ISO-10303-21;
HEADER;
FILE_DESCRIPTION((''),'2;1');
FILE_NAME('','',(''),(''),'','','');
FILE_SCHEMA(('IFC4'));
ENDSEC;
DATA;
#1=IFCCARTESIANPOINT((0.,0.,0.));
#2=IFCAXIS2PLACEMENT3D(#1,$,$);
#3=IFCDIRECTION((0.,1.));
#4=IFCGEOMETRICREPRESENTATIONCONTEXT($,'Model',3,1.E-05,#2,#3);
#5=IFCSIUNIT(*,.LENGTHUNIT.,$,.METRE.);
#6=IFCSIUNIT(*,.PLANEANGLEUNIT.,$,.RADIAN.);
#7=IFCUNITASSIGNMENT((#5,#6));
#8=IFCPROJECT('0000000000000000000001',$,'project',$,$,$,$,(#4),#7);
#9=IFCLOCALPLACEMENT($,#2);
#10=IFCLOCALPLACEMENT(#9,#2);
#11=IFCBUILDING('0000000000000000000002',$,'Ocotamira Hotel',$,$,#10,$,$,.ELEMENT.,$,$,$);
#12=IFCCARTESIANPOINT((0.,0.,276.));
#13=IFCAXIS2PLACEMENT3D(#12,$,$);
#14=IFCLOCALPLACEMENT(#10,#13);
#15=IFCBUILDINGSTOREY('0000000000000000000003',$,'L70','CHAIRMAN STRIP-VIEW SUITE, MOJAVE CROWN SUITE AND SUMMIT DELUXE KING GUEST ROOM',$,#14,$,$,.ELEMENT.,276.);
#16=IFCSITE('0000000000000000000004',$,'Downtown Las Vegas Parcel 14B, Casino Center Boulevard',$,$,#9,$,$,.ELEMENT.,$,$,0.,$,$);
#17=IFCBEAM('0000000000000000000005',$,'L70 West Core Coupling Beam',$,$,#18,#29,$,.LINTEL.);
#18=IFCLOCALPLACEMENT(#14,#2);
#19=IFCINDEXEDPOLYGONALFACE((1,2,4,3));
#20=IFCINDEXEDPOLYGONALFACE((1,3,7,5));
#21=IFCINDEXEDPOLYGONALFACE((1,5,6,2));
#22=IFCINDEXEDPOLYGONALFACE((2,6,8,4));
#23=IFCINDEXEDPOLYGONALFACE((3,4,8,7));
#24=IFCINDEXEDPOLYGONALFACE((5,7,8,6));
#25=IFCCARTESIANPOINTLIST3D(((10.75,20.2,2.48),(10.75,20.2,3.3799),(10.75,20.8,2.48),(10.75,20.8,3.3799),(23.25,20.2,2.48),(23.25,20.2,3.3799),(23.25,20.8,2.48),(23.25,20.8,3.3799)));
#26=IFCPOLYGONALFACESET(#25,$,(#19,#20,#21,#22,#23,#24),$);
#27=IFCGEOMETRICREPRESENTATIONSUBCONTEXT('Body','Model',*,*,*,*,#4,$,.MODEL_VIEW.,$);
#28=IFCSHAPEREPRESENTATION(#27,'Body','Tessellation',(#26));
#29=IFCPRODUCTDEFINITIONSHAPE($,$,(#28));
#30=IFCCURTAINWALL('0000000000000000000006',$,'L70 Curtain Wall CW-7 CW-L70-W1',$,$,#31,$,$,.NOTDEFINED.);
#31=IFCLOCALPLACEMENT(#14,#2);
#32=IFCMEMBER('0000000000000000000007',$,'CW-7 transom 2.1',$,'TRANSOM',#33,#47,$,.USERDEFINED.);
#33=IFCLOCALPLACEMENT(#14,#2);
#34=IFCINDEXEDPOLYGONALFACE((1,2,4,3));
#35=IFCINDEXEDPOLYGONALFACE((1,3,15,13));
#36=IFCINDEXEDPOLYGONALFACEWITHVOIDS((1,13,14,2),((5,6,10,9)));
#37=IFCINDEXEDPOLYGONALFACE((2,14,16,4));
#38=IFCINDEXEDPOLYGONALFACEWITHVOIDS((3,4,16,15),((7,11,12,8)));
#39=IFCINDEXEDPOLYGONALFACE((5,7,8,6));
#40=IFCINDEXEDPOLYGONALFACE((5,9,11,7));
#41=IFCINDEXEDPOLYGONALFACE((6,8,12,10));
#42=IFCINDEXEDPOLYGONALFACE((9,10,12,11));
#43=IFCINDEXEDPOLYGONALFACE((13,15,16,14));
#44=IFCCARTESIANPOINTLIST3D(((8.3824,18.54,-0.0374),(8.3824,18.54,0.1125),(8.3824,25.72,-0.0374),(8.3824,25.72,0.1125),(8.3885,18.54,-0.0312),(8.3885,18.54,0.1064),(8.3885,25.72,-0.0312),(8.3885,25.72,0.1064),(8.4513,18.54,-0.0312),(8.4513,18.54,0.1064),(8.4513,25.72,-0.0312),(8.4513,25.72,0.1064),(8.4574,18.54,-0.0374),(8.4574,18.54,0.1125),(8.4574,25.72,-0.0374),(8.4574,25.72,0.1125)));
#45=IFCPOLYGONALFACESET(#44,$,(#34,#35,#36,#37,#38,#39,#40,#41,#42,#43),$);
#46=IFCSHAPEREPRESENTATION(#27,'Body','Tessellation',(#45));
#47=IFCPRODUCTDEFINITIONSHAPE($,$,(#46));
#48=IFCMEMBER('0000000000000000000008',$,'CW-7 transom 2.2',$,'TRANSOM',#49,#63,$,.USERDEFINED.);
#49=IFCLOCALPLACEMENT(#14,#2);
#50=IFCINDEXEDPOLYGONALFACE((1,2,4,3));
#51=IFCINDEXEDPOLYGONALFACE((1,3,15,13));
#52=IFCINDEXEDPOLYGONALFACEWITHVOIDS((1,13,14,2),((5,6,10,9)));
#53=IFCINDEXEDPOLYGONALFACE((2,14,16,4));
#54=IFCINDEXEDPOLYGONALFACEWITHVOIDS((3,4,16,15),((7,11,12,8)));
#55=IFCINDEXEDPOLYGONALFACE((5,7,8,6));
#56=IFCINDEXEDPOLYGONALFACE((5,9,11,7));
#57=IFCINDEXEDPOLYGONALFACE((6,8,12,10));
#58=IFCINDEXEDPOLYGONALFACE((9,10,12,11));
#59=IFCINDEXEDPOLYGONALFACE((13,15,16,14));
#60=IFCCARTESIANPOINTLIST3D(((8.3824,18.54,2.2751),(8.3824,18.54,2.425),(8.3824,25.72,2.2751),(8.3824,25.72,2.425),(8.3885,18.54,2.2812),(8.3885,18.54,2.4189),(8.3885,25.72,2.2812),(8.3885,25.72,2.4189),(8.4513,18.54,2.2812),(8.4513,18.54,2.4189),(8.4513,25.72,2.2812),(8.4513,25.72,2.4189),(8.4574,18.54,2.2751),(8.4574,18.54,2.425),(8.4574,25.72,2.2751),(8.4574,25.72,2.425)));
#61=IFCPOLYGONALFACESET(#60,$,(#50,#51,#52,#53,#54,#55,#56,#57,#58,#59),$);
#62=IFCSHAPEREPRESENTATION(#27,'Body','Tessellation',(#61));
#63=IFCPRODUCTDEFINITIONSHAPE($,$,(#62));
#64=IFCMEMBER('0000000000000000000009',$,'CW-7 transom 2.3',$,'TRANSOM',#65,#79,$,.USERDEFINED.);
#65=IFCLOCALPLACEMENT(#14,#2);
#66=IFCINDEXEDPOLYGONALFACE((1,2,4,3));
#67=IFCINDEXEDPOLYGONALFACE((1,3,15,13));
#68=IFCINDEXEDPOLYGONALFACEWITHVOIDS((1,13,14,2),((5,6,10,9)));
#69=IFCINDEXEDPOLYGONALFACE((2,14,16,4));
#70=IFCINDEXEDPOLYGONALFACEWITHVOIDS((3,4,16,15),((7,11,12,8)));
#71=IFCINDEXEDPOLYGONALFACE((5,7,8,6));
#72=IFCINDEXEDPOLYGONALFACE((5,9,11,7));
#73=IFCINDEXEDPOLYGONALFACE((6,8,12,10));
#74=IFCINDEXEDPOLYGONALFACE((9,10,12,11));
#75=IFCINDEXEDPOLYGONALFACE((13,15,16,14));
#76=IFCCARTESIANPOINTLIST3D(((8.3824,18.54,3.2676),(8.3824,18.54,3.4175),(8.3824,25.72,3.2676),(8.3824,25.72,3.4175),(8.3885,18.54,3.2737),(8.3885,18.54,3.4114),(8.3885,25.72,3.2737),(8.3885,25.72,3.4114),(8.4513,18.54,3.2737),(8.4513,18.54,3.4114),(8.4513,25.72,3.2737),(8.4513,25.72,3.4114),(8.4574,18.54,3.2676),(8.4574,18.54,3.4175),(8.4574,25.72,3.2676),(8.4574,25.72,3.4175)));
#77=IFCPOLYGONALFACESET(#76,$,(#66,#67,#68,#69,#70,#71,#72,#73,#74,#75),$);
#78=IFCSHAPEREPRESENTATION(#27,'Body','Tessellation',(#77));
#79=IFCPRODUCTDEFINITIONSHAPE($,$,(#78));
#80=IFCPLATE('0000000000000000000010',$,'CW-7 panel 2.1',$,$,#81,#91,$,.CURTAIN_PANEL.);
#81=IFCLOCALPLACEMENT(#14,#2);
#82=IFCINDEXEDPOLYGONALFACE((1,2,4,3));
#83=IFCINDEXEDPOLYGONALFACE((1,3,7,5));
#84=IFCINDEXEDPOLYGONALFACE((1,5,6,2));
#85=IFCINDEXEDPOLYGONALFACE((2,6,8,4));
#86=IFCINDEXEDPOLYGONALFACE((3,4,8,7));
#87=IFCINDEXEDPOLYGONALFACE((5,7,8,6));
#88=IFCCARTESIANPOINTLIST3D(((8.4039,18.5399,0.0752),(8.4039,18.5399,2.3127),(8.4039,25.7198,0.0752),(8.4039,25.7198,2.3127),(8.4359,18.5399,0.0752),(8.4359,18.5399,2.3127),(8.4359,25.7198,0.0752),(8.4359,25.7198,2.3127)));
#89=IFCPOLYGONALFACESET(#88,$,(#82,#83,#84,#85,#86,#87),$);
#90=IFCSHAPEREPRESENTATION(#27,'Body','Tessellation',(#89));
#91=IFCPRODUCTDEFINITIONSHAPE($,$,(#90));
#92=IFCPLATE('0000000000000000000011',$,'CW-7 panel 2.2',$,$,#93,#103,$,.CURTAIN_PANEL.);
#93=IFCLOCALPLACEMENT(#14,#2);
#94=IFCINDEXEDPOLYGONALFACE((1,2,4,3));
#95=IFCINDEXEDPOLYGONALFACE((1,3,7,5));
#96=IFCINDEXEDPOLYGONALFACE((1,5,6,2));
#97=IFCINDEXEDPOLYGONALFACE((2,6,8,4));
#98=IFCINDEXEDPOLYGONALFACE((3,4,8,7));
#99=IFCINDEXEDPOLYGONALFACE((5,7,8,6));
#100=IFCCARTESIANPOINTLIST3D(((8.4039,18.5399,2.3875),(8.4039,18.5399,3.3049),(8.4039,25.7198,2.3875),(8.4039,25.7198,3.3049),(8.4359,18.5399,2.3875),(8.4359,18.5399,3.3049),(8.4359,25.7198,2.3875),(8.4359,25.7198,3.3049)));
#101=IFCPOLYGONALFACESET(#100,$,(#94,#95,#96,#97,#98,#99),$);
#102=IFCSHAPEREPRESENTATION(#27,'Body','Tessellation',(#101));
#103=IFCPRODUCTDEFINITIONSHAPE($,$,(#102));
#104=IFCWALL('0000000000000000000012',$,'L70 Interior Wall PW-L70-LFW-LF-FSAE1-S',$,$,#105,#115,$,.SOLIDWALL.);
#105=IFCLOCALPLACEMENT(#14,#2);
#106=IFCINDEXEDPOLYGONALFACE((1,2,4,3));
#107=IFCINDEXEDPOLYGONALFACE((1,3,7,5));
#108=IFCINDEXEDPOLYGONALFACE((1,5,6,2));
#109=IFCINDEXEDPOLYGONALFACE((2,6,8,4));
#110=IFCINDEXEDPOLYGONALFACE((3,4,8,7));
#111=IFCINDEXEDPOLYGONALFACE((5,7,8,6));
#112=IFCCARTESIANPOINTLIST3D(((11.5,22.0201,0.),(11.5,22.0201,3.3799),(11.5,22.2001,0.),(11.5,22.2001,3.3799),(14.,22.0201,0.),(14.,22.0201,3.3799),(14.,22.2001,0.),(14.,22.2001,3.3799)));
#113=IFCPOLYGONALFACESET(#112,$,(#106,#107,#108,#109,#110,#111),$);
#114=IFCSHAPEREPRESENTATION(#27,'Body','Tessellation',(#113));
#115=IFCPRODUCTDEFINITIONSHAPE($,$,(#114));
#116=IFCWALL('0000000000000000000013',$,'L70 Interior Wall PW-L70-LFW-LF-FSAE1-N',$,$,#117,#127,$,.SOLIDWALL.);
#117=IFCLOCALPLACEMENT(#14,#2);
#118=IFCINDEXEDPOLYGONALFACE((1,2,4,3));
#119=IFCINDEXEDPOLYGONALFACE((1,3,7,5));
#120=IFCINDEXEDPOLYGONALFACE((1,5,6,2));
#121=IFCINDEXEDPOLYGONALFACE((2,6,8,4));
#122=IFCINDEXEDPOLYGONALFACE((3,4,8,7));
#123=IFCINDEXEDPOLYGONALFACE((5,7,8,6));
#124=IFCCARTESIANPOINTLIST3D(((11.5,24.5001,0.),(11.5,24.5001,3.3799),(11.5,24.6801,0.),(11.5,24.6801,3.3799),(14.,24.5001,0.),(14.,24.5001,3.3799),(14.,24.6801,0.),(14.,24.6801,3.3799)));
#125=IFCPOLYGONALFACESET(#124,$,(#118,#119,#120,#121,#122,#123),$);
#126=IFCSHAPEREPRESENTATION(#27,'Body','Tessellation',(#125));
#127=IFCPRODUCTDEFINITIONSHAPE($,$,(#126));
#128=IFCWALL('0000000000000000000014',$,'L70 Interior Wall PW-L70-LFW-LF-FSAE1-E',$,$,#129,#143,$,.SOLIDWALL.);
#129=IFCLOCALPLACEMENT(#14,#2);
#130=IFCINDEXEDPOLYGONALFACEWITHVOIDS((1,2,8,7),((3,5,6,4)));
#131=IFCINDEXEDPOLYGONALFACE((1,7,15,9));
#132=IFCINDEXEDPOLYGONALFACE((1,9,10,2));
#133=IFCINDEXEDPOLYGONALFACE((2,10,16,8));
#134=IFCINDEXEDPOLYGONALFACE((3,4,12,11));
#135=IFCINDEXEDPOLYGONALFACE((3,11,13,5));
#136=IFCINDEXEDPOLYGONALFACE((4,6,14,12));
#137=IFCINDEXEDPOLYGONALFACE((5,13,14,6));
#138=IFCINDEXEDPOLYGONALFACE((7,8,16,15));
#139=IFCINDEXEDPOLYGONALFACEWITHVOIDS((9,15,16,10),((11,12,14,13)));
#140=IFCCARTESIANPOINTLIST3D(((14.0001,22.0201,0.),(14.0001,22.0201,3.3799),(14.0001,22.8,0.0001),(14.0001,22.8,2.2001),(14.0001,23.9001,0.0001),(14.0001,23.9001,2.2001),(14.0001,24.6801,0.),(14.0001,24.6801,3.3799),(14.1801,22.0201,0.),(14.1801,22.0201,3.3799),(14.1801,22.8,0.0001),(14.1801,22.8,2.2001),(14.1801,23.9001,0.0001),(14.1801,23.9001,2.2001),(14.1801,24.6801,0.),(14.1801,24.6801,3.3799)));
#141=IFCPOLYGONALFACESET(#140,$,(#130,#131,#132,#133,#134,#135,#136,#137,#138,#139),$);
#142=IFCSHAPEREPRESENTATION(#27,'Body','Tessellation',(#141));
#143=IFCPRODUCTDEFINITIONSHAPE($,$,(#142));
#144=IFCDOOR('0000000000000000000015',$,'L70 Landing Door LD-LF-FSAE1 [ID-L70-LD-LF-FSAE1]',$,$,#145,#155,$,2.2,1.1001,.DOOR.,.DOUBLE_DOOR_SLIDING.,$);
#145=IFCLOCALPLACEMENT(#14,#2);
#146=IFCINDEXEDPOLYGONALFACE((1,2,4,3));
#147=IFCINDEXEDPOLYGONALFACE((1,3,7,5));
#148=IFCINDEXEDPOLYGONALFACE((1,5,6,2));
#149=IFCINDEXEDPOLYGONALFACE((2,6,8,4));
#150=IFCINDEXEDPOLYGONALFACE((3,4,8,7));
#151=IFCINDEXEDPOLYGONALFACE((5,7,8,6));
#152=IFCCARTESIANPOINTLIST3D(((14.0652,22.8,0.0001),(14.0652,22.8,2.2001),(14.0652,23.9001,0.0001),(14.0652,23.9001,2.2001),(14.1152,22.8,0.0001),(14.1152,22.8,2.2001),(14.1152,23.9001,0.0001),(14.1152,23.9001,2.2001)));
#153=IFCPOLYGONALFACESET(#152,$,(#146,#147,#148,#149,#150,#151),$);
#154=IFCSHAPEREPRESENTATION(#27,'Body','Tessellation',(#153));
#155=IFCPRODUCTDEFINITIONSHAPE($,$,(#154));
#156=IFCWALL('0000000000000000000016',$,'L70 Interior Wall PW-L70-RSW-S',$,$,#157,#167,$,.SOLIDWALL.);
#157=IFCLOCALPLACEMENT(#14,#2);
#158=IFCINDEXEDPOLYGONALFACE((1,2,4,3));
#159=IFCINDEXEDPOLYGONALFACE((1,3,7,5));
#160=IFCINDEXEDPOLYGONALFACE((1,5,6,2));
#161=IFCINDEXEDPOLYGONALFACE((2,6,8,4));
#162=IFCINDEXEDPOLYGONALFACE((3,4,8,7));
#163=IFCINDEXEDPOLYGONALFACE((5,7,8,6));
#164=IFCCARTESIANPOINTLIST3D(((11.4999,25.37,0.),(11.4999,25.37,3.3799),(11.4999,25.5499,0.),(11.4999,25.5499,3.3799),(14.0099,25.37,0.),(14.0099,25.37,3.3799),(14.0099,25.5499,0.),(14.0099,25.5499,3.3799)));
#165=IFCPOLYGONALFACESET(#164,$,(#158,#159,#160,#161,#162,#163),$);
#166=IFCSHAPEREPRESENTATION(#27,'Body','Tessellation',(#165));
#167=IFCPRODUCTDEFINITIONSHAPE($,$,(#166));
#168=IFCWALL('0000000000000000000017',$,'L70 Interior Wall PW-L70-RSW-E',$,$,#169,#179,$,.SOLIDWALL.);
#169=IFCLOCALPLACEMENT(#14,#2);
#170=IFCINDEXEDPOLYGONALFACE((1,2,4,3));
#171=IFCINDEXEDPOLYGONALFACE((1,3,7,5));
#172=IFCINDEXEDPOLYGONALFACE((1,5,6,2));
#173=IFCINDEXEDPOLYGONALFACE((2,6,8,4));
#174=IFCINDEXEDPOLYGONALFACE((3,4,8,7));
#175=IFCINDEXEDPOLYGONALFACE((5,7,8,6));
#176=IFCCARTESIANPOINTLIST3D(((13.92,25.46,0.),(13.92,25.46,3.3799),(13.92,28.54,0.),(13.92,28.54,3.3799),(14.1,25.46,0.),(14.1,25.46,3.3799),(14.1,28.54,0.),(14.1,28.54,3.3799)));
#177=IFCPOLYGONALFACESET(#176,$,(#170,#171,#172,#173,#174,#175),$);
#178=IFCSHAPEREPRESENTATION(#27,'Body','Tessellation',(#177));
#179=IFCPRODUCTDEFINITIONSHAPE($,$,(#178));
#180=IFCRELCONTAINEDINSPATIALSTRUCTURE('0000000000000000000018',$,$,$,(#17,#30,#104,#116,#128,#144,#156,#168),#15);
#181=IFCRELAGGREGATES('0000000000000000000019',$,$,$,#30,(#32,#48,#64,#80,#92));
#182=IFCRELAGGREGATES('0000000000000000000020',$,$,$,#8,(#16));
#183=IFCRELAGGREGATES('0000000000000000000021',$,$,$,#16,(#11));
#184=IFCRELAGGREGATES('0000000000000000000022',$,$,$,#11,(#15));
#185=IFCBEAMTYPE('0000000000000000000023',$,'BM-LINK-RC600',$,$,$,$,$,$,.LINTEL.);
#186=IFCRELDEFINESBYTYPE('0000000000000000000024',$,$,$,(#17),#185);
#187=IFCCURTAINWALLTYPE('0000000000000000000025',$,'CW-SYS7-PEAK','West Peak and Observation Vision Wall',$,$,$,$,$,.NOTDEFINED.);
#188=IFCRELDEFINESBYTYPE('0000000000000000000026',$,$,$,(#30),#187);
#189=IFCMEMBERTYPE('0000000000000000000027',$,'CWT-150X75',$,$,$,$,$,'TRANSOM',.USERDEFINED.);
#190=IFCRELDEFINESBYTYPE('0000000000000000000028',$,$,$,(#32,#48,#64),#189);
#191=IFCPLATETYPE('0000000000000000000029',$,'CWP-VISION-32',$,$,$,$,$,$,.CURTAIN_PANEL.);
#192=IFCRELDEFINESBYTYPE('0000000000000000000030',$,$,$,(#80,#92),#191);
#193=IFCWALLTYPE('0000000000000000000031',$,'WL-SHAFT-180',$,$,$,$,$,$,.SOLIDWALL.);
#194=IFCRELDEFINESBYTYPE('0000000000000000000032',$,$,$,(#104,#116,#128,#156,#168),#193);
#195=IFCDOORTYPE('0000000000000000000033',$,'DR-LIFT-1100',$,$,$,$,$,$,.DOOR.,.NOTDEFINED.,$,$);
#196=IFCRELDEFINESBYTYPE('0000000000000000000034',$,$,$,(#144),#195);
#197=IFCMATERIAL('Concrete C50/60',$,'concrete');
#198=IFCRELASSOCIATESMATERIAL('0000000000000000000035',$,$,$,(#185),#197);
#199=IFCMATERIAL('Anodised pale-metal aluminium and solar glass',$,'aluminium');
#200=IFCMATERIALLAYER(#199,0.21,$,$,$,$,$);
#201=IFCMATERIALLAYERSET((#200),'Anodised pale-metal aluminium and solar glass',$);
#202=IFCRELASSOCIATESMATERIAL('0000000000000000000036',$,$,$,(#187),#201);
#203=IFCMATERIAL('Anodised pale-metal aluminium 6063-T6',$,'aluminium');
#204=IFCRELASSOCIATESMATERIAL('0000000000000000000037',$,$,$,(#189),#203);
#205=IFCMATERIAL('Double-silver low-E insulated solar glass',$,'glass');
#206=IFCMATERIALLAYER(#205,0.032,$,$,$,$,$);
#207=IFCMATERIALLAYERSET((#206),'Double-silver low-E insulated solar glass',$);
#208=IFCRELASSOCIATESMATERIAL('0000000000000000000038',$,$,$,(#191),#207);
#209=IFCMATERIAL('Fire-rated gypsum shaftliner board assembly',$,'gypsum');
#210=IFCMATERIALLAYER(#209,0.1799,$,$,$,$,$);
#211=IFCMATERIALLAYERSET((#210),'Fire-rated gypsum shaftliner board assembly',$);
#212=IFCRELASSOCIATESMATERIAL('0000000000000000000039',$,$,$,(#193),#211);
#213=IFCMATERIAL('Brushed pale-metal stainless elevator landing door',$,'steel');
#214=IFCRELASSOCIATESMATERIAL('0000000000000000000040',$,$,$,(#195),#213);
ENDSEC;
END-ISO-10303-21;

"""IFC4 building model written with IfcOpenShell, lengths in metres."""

from ifc_helpers import new_model, si_unit, direction, frame, frame_2d, origin, origin_2d, place, context, subcontext, project, spatial, rectangle, hollow_rectangle, extrude, source, transform, mapped, material, layer, layer_set, material_profile, profile_set, type_object, element, fill, aggregate, save


model = new_model("IFC4")

# Units and contexts
model_context = context("Model", 3, precision=1e-05, world=origin(), true_north=direction((0.0, 1.0)))
body_context = subcontext(model_context, "Body", "Model", "MODEL_VIEW")
ifc_project = project(units=[si_unit("LENGTHUNIT", "METRE"), si_unit("PLANEANGLEUNIT", "RADIAN")], contexts=[model_context])

# Site, building, storey
site_placement = place(None, origin())
site = spatial("IfcSite", under=ifc_project, at=site_placement, Name="Downtown Las Vegas Parcel 14B, Casino Center Boulevard", CompositionType="ELEMENT", RefElevation=0.0)
building_placement = place(site_placement, origin())
building = spatial("IfcBuilding", under=site, at=building_placement, Name="Ocotamira Hotel", CompositionType="ELEMENT")
storey_placement = place(building_placement, frame((0.0, 0.0, 276.0)))
storey = spatial("IfcBuildingStorey", under=building, at=storey_placement, Name="L70", Description="CHAIRMAN STRIP-VIEW SUITE, MOJAVE CROWN SUITE AND SUMMIT DELUXE KING GUEST ROOM", CompositionType="ELEMENT", Elevation=276.0)

# Beam
ifc_material_1 = material(Name="Concrete C50/60", Category="concrete")
ifc_material_profile_1 = material_profile(ifc_material_1, rectangle(XDim=0.6001, YDim=0.8999, at=origin_2d()), Name="RC600X900")
ifc_profile_set_1 = profile_set([ifc_material_profile_1], Name="Concrete C50/60")
beam_type = type_object("IfcBeamType", Name="BM-LINK-RC600", PredefinedType="LINTEL", material=ifc_profile_set_1)
shared_shape_1 = source(origin(), body_context, "Body", "SweptSolid", [
    extrude(rectangle(XDim=0.6001, YDim=0.8999, at=origin_2d()), origin(), (0.0, 0.0, 1.0), 12.5),
])
beam_placement = place(storey_placement, frame((10.75, 20.5, 2.9299), z_axis=(1.0, 0.0, 0.0), x_axis=(0.0, 1.0, 0.0)))
element("IfcBeam", 1, at=beam_placement, inside=storey, type_object=beam_type, Name="L70 West Core Coupling Beam", PredefinedType="LINTEL", context=body_context, shape_type="MappedRepresentation", body=[
    mapped(shared_shape_1, transform((0.0, 0.0, 0.0), scale=1.0)),
])

# Curtain wall, members, plates
ifc_material_2 = material(Name="Anodised pale-metal aluminium and solar glass", Category="aluminium")
ifc_layer_1 = layer(ifc_material_2, 0.21)
ifc_layer_set_1 = layer_set([ifc_layer_1], Name="Anodised pale-metal aluminium and solar glass")
curtain_wall_type = type_object("IfcCurtainWallType", Name="CW-SYS7-PEAK", Description="West Peak and Observation Vision Wall", PredefinedType="NOTDEFINED", material=ifc_layer_set_1)
curtain_wall_placement = place(storey_placement, origin())
curtain_wall = element("IfcCurtainWall", 2, at=curtain_wall_placement, inside=storey, type_object=curtain_wall_type, Name="L70 Curtain Wall CW-7 CW-L70-W1", PredefinedType="NOTDEFINED")
ifc_material_3 = material(Name="Anodised pale-metal aluminium 6063-T6", Category="aluminium")
ifc_material_profile_2 = material_profile(ifc_material_3, hollow_rectangle(XDim=0.075, YDim=0.1499, WallThickness=0.0061, at=origin_2d()), Name="HSS150X75X6")
ifc_profile_set_2 = profile_set([ifc_material_profile_2], Name="Anodised pale-metal aluminium 6063-T6")
member_type = type_object("IfcMemberType", Name="CWT-150X75", ElementType="TRANSOM", PredefinedType="USERDEFINED", material=ifc_profile_set_2)
shared_shape_2 = source(origin(), body_context, "Body", "SweptSolid", [
    extrude(hollow_rectangle(XDim=0.075, YDim=0.1499, WallThickness=0.0061, at=origin_2d()), origin(), (0.0, 0.0, 1.0), 7.1799),
])
member_1_placement = place(storey_placement, frame((8.4199, 18.54, 0.0376), z_axis=(0.0, 1.0, 0.0), x_axis=(-1.0, 0.0, 0.0)))
member_1 = element("IfcMember", 3, at=member_1_placement, type_object=member_type, Name="CW-7 transom 2.1", ObjectType="TRANSOM", PredefinedType="USERDEFINED", context=body_context, shape_type="MappedRepresentation", body=[
    mapped(shared_shape_2, transform((0.0, 0.0, 0.0), scale=1.0)),
])
member_2_placement = place(storey_placement, frame((8.4199, 18.54, 2.3501), z_axis=(0.0, 1.0, 0.0), x_axis=(-1.0, 0.0, 0.0)))
member_2 = element("IfcMember", 4, at=member_2_placement, type_object=member_type, Name="CW-7 transom 2.2", ObjectType="TRANSOM", PredefinedType="USERDEFINED", context=body_context, shape_type="MappedRepresentation", body=[
    mapped(shared_shape_2, transform((0.0, 0.0, 0.0), scale=1.0)),
])
member_3_placement = place(storey_placement, frame((8.4199, 18.54, 3.3425), z_axis=(0.0, 1.0, 0.0), x_axis=(-1.0, 0.0, 0.0)))
member_3 = element("IfcMember", 5, at=member_3_placement, type_object=member_type, Name="CW-7 transom 2.3", ObjectType="TRANSOM", PredefinedType="USERDEFINED", context=body_context, shape_type="MappedRepresentation", body=[
    mapped(shared_shape_2, transform((0.0, 0.0, 0.0), scale=1.0)),
])
ifc_material_4 = material(Name="Double-silver low-E insulated solar glass", Category="glass")
ifc_layer_2 = layer(ifc_material_4, 0.032)
ifc_layer_set_2 = layer_set([ifc_layer_2], Name="Double-silver low-E insulated solar glass")
plate_type = type_object("IfcPlateType", Name="CWP-VISION-32", PredefinedType="CURTAIN_PANEL", material=ifc_layer_set_2)
shared_shape_3 = source(origin(), body_context, "Body", "SweptSolid", [
    extrude(rectangle(XDim=7.1799, YDim=0.032, at=origin_2d()), origin(), (0.0, 0.0, 1.0), 2.2375),
])
plate_1_placement = place(storey_placement, frame((8.4199, 22.1299, 0.0752), z_axis=(0.0, 0.0, 1.0), x_axis=(0.0, 1.0, 0.0)))
plate_1 = element("IfcPlate", 6, at=plate_1_placement, type_object=plate_type, Name="CW-7 panel 2.1", PredefinedType="CURTAIN_PANEL", context=body_context, shape_type="MappedRepresentation", body=[
    mapped(shared_shape_3, transform((0.0, 0.0, 0.0), scale=1.0)),
])
shared_shape_4 = source(origin(), body_context, "Body", "SweptSolid", [
    extrude(rectangle(XDim=7.1799, YDim=0.032, at=origin_2d()), origin(), (0.0, 0.0, 1.0), 0.9175),
])
plate_2_placement = place(storey_placement, frame((8.4199, 22.1299, 2.3875), z_axis=(0.0, 0.0, 1.0), x_axis=(0.0, 1.0, 0.0)))
plate_2 = element("IfcPlate", 7, at=plate_2_placement, type_object=plate_type, Name="CW-7 panel 2.2", PredefinedType="CURTAIN_PANEL", context=body_context, shape_type="MappedRepresentation", body=[
    mapped(shared_shape_4, transform((0.0, 0.0, 0.0), scale=1.0)),
])
aggregate(curtain_wall, [member_1, member_2, member_3, plate_1, plate_2])

# Walls
ifc_material_5 = material(Name="Fire-rated gypsum shaftliner board assembly", Category="gypsum")
ifc_layer_3 = layer(ifc_material_5, 0.1799)
ifc_layer_set_3 = layer_set([ifc_layer_3], Name="Fire-rated gypsum shaftliner board assembly")
wall_type_1 = type_object("IfcWallType", Name="WL-SHAFT-180", PredefinedType="SOLIDWALL", material=ifc_layer_set_3)
for number, where, z_axis, x_axis, name in (
    (8, (11.5, 22.1101, 0.0), (0.0, 0.0, 1.0), (1.0, 0.0, 0.0), "L70 Interior Wall PW-L70-LFW-LF-FSAE1-S"),
    (9, (11.5, 24.5901, 0.0), (0.0, 0.0, 1.0), (1.0, 0.0, 0.0), "L70 Interior Wall PW-L70-LFW-LF-FSAE1-N"),
):
    element("IfcWall", number, at=place(storey_placement, frame(where, z_axis=z_axis, x_axis=x_axis)), inside=storey, type_object=wall_type_1, Name=name, PredefinedType="SOLIDWALL", context=body_context, shape_type="SweptSolid", body=[
        extrude(rectangle(XDim=2.5, YDim=0.1799, at=frame_2d((1.25, 0.0))), origin(), (0.0, 0.0, 1.0), 3.3799),
    ])

# Wall, opening, door
wall_1_placement = place(storey_placement, frame((14.0901, 22.02, 0.0), z_axis=(0.0, 0.0, 1.0), x_axis=(0.0, 1.0, 0.0)))
wall_1 = element("IfcWall", 10, at=wall_1_placement, inside=storey, type_object=wall_type_1, Name="L70 Interior Wall PW-L70-LFW-LF-FSAE1-E", PredefinedType="SOLIDWALL", context=body_context, shape_type="SweptSolid", body=[
    extrude(rectangle(XDim=2.6599, YDim=0.1799, at=frame_2d((1.3301, 0.0))), origin(), (0.0, 0.0, 1.0), 3.3799),
])
opening_1_placement = place(wall_1_placement, frame((0.78, 0.0, 0.0)))
opening_1 = element("IfcOpeningElement", 11, at=opening_1_placement, cuts=wall_1, PredefinedType="OPENING", context=body_context, shape_type="SweptSolid", body=[
    extrude(rectangle(XDim=1.1001, YDim=2.2, at=frame_2d((0.55, 1.1001))), frame((0.0, 0.1001, 0.0), z_axis=(0.0, -1.0, 0.0), x_axis=(1.0, 0.0, 0.0)), (0.0, 0.0, 1.0), 0.2),
])
ifc_material_6 = material(Name="Brushed pale-metal stainless elevator landing door", Category="steel")
door_type_1 = type_object("IfcDoorType", Name="DR-LIFT-1100", OperationType="NOTDEFINED", PredefinedType="DOOR", material=ifc_material_6)
shared_shape_5 = source(origin(), body_context, "Body", "SweptSolid", [
    extrude(rectangle(XDim=1.1001, YDim=2.2, at=frame_2d((0.55, 1.1001))), frame((0.0, 0.0249, 0.0), z_axis=(0.0, -1.0, 0.0), x_axis=(1.0, 0.0, 0.0)), (0.0, 0.0, 1.0), 0.05),
])
door_1_placement = place(opening_1_placement, origin())
door_1 = element("IfcDoor", 12, at=door_1_placement, inside=storey, type_object=door_type_1, Name="L70 Landing Door LD-LF-FSAE1 [ID-L70-LD-LF-FSAE1]", OperationType="DOUBLE_DOOR_SLIDING", OverallHeight=2.2, OverallWidth=1.1001, PredefinedType="DOOR", context=body_context, shape_type="MappedRepresentation", body=[
    mapped(shared_shape_5, transform((0.0, 0.0, 0.0), scale=1.0)),
])
fill(opening_1, door_1)

# Walls
wall_2_placement = place(storey_placement, frame((11.5, 25.46, 0.0), z_axis=(0.0, 0.0, 1.0), x_axis=(1.0, 0.0, 0.0)))
element("IfcWall", 13, at=wall_2_placement, inside=storey, type_object=wall_type_1, Name="L70 Interior Wall PW-L70-RSW-S", PredefinedType="SOLIDWALL", context=body_context, shape_type="SweptSolid", body=[
    extrude(rectangle(XDim=2.51, YDim=0.1799, at=frame_2d((1.2549, 0.0))), origin(), (0.0, 0.0, 1.0), 3.3799),
])
wall_3_placement = place(storey_placement, frame((14.01, 25.46, 0.0), z_axis=(0.0, 0.0, 1.0), x_axis=(0.0, 1.0, 0.0)))
element("IfcWall", 14, at=wall_3_placement, inside=storey, type_object=wall_type_1, Name="L70 Interior Wall PW-L70-RSW-E", PredefinedType="SOLIDWALL", context=body_context, shape_type="SweptSolid", body=[
    extrude(rectangle(XDim=3.0801, YDim=0.1799, at=frame_2d((1.54, 0.0))), origin(), (0.0, 0.0, 1.0), 3.3799),
])

save(model, "model.ifc")
